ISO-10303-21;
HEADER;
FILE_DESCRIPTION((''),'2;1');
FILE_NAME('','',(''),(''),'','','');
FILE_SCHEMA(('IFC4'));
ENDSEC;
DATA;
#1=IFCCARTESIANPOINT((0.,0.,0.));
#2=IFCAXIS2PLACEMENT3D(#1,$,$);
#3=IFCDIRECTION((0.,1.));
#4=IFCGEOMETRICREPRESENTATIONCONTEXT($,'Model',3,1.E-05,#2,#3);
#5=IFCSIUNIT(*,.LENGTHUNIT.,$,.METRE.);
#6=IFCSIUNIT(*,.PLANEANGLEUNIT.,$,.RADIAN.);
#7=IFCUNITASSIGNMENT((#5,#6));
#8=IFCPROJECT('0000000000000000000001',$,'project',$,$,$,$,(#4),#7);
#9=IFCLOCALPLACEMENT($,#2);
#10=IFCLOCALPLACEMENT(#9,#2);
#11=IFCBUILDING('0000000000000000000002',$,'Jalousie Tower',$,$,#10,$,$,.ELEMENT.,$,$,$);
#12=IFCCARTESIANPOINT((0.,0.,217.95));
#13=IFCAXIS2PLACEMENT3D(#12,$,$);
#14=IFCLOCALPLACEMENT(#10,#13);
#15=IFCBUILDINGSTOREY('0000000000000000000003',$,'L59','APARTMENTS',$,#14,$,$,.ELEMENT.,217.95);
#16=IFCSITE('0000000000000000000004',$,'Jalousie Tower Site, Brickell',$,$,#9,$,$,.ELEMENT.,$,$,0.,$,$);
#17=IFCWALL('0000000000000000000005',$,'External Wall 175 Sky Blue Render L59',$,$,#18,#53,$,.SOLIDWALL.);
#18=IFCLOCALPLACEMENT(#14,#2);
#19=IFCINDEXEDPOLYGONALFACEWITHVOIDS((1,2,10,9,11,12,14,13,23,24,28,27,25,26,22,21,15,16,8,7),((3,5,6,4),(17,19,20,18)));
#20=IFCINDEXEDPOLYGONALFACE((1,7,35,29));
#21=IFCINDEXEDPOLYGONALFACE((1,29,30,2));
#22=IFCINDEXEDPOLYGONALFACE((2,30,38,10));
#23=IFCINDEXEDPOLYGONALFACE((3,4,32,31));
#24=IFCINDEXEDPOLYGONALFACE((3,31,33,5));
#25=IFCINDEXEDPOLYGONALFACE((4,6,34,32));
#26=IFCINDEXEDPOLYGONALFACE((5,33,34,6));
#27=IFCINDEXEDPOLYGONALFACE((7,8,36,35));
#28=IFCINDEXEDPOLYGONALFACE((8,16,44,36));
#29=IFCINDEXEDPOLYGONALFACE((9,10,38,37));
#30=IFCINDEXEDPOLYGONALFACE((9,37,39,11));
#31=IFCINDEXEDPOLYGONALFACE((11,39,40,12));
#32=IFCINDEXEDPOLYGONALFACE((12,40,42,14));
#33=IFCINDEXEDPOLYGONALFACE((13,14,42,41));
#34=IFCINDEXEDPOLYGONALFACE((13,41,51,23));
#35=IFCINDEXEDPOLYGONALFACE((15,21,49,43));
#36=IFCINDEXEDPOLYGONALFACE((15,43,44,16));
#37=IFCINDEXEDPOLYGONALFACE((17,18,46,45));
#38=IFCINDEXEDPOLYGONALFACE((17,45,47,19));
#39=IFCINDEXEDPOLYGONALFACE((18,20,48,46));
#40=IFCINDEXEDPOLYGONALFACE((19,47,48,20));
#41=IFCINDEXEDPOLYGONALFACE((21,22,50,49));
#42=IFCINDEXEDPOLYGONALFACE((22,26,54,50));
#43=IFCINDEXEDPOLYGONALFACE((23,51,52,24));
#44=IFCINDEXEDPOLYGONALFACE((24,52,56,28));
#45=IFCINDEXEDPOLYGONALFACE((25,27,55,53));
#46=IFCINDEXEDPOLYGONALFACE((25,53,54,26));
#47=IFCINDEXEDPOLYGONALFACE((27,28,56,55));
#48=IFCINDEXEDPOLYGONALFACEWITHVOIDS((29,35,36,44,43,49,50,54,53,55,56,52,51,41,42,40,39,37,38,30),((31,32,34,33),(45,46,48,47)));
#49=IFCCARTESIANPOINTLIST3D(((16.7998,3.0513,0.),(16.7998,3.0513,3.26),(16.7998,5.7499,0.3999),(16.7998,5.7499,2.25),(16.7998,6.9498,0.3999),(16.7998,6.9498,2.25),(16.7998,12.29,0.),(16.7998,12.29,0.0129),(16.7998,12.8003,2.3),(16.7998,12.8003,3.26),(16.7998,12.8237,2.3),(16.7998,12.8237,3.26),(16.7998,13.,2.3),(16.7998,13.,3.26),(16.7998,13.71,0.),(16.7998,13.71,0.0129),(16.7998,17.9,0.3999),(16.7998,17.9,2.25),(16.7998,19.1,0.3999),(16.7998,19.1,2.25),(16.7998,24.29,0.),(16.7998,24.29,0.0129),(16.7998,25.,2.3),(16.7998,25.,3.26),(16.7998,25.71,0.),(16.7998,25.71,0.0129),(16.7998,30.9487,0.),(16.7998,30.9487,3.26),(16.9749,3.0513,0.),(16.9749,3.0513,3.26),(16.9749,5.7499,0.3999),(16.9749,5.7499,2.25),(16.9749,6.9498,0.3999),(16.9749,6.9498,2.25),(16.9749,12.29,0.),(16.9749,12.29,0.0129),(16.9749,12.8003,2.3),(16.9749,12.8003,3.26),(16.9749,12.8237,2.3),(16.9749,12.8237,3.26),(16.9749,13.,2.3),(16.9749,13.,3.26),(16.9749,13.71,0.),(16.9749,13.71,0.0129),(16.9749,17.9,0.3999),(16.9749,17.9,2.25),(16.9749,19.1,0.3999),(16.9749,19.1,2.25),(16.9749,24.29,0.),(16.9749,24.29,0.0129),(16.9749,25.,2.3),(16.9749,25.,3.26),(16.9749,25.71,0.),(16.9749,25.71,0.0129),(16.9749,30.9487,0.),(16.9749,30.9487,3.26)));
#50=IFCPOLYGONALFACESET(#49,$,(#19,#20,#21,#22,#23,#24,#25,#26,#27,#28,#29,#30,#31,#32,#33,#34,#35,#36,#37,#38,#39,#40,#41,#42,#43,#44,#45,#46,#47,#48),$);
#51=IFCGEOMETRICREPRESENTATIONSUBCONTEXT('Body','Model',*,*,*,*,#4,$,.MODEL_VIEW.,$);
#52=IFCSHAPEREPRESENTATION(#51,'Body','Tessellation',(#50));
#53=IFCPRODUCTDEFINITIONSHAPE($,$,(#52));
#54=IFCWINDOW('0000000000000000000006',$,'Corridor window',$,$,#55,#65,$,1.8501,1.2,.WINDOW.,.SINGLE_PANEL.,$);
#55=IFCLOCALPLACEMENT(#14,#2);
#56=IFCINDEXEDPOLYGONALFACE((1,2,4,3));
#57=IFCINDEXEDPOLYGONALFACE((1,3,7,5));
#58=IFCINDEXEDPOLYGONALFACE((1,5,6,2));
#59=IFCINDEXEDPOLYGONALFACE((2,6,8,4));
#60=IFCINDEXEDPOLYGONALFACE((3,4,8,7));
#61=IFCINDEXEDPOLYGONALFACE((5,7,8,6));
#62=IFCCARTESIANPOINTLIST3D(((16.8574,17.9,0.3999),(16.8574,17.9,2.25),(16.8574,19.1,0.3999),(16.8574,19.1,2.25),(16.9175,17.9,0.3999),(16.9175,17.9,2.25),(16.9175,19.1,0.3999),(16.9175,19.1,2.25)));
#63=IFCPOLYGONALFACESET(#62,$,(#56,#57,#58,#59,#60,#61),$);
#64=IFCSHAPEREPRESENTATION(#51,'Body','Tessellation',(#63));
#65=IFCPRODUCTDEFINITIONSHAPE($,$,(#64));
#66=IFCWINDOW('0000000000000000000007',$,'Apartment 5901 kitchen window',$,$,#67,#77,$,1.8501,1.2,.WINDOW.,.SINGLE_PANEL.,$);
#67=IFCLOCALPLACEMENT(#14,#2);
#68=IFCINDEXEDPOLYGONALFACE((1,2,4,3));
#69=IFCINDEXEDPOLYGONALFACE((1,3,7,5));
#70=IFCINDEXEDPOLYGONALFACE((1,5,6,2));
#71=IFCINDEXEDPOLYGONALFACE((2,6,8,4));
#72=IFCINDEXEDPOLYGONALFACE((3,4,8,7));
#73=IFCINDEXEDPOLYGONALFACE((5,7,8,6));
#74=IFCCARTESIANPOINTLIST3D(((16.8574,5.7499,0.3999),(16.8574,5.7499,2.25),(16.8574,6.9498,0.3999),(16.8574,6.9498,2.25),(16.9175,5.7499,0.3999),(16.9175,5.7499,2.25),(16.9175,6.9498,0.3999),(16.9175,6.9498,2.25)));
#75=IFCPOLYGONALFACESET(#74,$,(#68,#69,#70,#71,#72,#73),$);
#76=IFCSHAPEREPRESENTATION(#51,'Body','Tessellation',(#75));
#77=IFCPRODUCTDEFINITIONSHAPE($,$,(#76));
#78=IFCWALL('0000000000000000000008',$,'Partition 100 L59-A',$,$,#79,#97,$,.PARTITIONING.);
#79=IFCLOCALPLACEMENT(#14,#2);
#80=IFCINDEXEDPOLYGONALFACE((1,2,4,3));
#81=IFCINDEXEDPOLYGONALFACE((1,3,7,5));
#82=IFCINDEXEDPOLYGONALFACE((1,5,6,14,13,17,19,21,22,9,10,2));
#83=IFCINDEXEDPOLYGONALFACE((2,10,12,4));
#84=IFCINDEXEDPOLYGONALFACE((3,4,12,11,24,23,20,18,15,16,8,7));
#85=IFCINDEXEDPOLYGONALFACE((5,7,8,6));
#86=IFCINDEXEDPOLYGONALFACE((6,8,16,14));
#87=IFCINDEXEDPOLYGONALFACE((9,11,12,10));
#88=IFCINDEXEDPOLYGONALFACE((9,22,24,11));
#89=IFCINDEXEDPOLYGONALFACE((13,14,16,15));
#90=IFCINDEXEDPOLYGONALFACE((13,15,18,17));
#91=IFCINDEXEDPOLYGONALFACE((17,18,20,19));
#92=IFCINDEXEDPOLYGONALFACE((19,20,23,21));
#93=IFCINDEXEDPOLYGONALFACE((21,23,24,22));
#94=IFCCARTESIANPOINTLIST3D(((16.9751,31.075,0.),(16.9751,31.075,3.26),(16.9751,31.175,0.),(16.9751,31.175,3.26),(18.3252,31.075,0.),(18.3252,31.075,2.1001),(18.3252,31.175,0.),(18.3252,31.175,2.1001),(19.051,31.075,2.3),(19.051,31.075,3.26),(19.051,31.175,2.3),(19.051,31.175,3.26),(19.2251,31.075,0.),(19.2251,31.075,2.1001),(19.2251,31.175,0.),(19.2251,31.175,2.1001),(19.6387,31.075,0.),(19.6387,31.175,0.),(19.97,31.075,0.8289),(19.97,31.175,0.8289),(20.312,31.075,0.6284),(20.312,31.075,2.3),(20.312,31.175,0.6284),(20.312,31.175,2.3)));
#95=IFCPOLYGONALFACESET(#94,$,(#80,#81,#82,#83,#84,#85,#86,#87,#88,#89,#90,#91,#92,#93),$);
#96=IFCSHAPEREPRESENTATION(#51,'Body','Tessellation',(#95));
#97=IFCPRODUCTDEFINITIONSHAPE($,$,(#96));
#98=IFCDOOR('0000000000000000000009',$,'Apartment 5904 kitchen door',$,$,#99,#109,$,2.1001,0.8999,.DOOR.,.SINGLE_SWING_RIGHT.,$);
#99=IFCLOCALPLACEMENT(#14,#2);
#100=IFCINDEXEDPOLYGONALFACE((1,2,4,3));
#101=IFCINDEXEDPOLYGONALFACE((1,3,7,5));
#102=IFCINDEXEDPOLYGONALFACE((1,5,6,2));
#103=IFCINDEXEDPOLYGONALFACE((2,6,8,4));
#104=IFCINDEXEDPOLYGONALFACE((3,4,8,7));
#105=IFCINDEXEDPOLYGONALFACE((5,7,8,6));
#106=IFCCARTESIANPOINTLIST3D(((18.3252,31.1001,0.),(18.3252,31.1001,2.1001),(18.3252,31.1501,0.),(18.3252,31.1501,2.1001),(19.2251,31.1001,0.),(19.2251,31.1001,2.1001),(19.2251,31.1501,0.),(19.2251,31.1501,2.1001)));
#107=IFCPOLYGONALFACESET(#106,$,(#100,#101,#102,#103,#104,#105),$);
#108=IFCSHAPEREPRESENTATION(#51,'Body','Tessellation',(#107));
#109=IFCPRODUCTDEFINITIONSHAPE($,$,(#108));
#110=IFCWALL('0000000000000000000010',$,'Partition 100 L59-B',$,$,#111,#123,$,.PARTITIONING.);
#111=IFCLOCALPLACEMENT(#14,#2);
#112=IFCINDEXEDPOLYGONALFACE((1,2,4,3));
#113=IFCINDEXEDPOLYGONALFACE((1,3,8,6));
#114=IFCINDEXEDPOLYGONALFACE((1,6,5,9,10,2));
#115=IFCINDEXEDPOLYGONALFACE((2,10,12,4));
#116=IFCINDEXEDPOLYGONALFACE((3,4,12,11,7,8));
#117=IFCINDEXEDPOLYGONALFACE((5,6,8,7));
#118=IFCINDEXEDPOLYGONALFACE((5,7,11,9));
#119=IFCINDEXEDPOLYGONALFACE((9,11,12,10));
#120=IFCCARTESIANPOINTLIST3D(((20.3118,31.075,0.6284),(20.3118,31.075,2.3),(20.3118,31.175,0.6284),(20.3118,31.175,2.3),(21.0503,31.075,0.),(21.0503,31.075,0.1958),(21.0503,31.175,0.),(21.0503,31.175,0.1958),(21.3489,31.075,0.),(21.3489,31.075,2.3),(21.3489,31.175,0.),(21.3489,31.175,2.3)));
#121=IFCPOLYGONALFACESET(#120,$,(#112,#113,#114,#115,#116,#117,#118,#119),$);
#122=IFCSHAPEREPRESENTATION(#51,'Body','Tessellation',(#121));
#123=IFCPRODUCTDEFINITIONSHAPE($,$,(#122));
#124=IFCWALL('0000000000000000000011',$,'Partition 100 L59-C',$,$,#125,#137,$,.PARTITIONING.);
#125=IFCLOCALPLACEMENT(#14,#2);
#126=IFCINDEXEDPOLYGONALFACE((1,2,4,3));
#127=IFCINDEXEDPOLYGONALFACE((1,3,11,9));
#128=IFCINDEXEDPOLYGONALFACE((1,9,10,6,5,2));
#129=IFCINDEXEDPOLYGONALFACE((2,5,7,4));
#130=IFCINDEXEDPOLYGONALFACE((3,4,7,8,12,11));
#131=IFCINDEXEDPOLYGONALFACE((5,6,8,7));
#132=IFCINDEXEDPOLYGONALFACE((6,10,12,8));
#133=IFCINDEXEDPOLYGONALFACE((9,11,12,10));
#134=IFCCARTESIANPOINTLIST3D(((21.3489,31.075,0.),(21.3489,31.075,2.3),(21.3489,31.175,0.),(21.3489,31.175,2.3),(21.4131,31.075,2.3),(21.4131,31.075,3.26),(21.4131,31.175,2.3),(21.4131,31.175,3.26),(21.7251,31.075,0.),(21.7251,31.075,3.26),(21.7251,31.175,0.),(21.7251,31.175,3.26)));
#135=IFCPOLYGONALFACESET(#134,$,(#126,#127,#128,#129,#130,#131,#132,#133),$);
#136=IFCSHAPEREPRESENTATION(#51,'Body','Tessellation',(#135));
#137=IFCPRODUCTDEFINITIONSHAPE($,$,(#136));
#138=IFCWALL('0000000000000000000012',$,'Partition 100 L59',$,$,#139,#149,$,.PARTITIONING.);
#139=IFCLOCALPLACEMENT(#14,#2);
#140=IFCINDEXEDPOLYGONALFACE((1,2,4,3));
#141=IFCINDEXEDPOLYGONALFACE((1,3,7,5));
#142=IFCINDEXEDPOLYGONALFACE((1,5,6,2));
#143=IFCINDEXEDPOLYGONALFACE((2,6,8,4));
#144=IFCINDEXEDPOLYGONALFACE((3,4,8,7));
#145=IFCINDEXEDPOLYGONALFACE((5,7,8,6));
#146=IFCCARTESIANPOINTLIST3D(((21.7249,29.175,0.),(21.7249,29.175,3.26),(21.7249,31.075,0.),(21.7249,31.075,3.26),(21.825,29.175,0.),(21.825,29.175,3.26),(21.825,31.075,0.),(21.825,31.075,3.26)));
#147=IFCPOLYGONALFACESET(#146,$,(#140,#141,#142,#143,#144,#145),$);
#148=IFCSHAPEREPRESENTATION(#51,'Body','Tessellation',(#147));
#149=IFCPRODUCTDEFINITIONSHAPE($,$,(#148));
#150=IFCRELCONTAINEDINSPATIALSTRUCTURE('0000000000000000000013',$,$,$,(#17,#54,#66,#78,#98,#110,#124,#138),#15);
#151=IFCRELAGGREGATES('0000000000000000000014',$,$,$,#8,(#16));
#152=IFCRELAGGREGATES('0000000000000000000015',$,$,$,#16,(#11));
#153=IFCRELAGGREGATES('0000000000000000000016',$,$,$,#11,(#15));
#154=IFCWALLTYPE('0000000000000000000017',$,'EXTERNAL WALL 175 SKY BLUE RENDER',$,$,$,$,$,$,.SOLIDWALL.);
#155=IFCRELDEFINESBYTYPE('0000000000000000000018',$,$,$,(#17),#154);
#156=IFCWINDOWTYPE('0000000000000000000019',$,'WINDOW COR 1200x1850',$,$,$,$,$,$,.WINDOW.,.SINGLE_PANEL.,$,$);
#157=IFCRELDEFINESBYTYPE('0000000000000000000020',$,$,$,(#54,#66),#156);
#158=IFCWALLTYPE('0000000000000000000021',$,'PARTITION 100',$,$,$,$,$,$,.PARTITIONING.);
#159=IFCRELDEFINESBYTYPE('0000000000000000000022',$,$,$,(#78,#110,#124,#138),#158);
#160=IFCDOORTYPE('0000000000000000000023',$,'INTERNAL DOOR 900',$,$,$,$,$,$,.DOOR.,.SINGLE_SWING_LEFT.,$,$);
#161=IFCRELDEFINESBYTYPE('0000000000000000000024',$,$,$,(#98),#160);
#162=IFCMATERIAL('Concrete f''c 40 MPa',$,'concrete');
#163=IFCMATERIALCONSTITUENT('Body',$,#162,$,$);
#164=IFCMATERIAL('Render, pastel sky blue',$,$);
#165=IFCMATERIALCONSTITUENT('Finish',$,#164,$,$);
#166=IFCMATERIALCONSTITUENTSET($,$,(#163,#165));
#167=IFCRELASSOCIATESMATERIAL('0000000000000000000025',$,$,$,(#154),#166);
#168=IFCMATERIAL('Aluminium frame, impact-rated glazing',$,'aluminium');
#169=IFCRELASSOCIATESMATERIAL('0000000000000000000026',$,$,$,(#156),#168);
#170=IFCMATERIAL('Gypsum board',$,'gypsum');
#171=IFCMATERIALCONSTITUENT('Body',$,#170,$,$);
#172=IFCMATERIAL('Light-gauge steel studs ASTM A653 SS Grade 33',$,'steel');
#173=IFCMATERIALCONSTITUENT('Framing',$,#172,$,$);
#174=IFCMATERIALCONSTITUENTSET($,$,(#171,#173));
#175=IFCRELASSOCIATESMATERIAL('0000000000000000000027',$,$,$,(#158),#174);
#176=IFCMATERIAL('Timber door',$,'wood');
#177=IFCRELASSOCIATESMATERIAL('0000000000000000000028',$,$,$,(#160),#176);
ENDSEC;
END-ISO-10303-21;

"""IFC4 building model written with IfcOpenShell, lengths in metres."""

from ifc_helpers import new_model, si_unit, direction, frame, frame_2d, origin, place, context, subcontext, project, spatial, polyline, rectangle, outline, extrude, material, constituent, constituent_set, type_object, element, fill, save


model = new_model("IFC4")

# Units and contexts
model_context = context("Model", 3, precision=1e-05, world=origin(), true_north=direction((0.0, 1.0)))
body_context = subcontext(model_context, "Body", "Model", "MODEL_VIEW")
ifc_project = project(units=[si_unit("LENGTHUNIT", "METRE"), si_unit("PLANEANGLEUNIT", "RADIAN")], contexts=[model_context])

# Site, building, storey
site_placement = place(None, origin())
site = spatial("IfcSite", under=ifc_project, at=site_placement, Name="Jalousie Tower Site, Brickell", CompositionType="ELEMENT", RefElevation=0.0)
building_placement = place(site_placement, origin())
building = spatial("IfcBuilding", under=site, at=building_placement, Name="Jalousie Tower", CompositionType="ELEMENT")
storey_placement = place(building_placement, frame((0.0, 0.0, 217.95)))
storey = spatial("IfcBuildingStorey", under=building, at=storey_placement, Name="L59", Description="APARTMENTS", CompositionType="ELEMENT", Elevation=217.95)

# Wall, openings, windows
ifc_material_1 = material(Name="Concrete f'c 40 MPa", Category="concrete")
ifc_constituent_1 = constituent(ifc_material_1, Name="Body")
ifc_material_2 = material(Name="Render, pastel sky blue")
ifc_constituent_2 = constituent(ifc_material_2, Name="Finish")
ifc_constituent_set_1 = constituent_set(constituents=[ifc_constituent_1, ifc_constituent_2])
wall_type_1 = type_object("IfcWallType", Name="EXTERNAL WALL 175 SKY BLUE RENDER", PredefinedType="SOLIDWALL", material=ifc_constituent_set_1)
wall_1_placement = place(storey_placement, frame((16.8875, 30.9487, 0.0), z_axis=(0.0, 0.0, 1.0), x_axis=(0.0, -1.0, 0.0)))
wall_1 = element("IfcWall", 1, at=wall_1_placement, inside=storey, type_object=wall_type_1, Name="External Wall 175 Sky Blue Render L59", PredefinedType="SOLIDWALL", context=body_context, shape_type="SweptSolid", body=[
    extrude(outline(polyline([(27.8975, 0.0), (27.8975, 3.26), (18.1484, 3.26), (18.1484, 2.3), (18.125, 2.3), (18.125, 3.26), (17.9487, 3.26), (17.9487, 2.3), (5.9487, 2.3), (5.9487, 3.26), (0.0, 3.26), (0.0, 0.0), (5.2388, 0.0), (5.2388, 0.0129), (6.6587, 0.0129), (6.6587, 0.0), (17.2388, 0.0), (17.2388, 0.0129), (18.6587, 0.0129), (18.6587, 0.0), (27.8975, 0.0)])), frame((0.0, 0.0874, 0.0), z_axis=(0.0, -1.0, 0.0), x_axis=(1.0, 0.0, 0.0)), (0.0, 0.0, 1.0), 0.175),
])
opening_1_placement = place(wall_1_placement, frame((11.8486, 0.0, 0.3999)))
opening_1 = element("IfcOpeningElement", 2, at=opening_1_placement, cuts=wall_1, PredefinedType="OPENING", context=body_context, shape_type="SweptSolid", body=[
    extrude(rectangle(XDim=1.2, YDim=1.8501, at=frame_2d((0.6001, 0.925))), frame((0.0, 0.0974, 0.0), z_axis=(0.0, -1.0, 0.0), x_axis=(1.0, 0.0, 0.0)), (0.0, 0.0, 1.0), 0.1951),
])
opening_2_placement = place(wall_1_placement, frame((23.9988, 0.0, 0.3999)))
opening_2 = element("IfcOpeningElement", 3, at=opening_2_placement, cuts=wall_1, PredefinedType="OPENING", context=body_context, shape_type="SweptSolid", body=[
    extrude(rectangle(XDim=1.2, YDim=1.8501, at=frame_2d((0.6001, 0.925))), frame((0.0, 0.0974, 0.0), z_axis=(0.0, -1.0, 0.0), x_axis=(1.0, 0.0, 0.0)), (0.0, 0.0, 1.0), 0.1951),
])
ifc_material_3 = material(Name="Aluminium frame, impact-rated glazing", Category="aluminium")
window_type = type_object("IfcWindowType", Name="WINDOW COR 1200x1850", PartitioningType="SINGLE_PANEL", PredefinedType="WINDOW", material=ifc_material_3)
window_1_placement = place(opening_1_placement, origin())
window_1 = element("IfcWindow", 4, at=window_1_placement, inside=storey, type_object=window_type, Name="Corridor window", OverallHeight=1.8501, OverallWidth=1.2, PartitioningType="SINGLE_PANEL", PredefinedType="WINDOW", context=body_context, shape_type="SweptSolid", body=[
    extrude(rectangle(XDim=1.2, YDim=1.8501, at=frame_2d((0.6001, 0.925))), frame((0.0, 0.03, 0.0), z_axis=(0.0, -1.0, 0.0), x_axis=(1.0, 0.0, 0.0)), (0.0, 0.0, 1.0), 0.0601),
])
fill(opening_1, window_1)
window_2_placement = place(opening_2_placement, origin())
window_2 = element("IfcWindow", 5, at=window_2_placement, inside=storey, type_object=window_type, Name="Apartment 5901 kitchen window", OverallHeight=1.8501, OverallWidth=1.2, PartitioningType="SINGLE_PANEL", PredefinedType="WINDOW", context=body_context, shape_type="SweptSolid", body=[
    extrude(rectangle(XDim=1.2, YDim=1.8501, at=frame_2d((0.6001, 0.925))), frame((0.0, 0.03, 0.0), z_axis=(0.0, -1.0, 0.0), x_axis=(1.0, 0.0, 0.0)), (0.0, 0.0, 1.0), 0.0601),
])
fill(opening_2, window_2)

# Wall, opening, door
ifc_material_4 = material(Name="Gypsum board", Category="gypsum")
ifc_constituent_3 = constituent(ifc_material_4, Name="Body")
ifc_material_5 = material(Name="Light-gauge steel studs ASTM A653 SS Grade 33", Category="steel")
ifc_constituent_4 = constituent(ifc_material_5, Name="Framing")
ifc_constituent_set_2 = constituent_set(constituents=[ifc_constituent_3, ifc_constituent_4])
wall_type_2 = type_object("IfcWallType", Name="PARTITION 100", PredefinedType="PARTITIONING", material=ifc_constituent_set_2)
wall_2_placement = place(storey_placement, frame((16.9751, 31.125, 0.0), z_axis=(0.0, 0.0, 1.0), x_axis=(1.0, 0.0, 0.0)))
wall_2 = element("IfcWall", 6, at=wall_2_placement, inside=storey, type_object=wall_type_2, Name="Partition 100 L59-A", PredefinedType="PARTITIONING", context=body_context, shape_type="SweptSolid", body=[
    extrude(outline(polyline([(2.0759, 2.3), (2.0759, 3.26), (0.0, 3.26), (0.0, 0.0), (2.6636, 0.0), (2.9949, 0.8289), (3.3369, 0.6284), (3.3369, 2.3), (2.0759, 2.3)])), frame((0.0, 0.05, 0.0), z_axis=(0.0, -1.0, 0.0), x_axis=(1.0, 0.0, 0.0)), (0.0, 0.0, 1.0), 0.1001),
])
opening_3_placement = place(wall_2_placement, frame((1.3501, 0.0, 0.0)))
opening_3 = element("IfcOpeningElement", 7, at=opening_3_placement, cuts=wall_2, PredefinedType="OPENING", context=body_context, shape_type="SweptSolid", body=[
    extrude(rectangle(XDim=0.8999, YDim=2.1001, at=frame_2d((0.45, 1.05))), frame((0.0, 0.0601, 0.0), z_axis=(0.0, -1.0, 0.0), x_axis=(1.0, 0.0, 0.0)), (0.0, 0.0, 1.0), 0.1201),
])
ifc_material_6 = material(Name="Timber door", Category="wood")
door_type = type_object("IfcDoorType", Name="INTERNAL DOOR 900", OperationType="SINGLE_SWING_LEFT", PredefinedType="DOOR", material=ifc_material_6)
door_placement = place(opening_3_placement, frame((0.8999, 0.0, 0.0), z_axis=(0.0, 0.0, 1.0), x_axis=(-1.0, 0.0, 0.0)))
door = element("IfcDoor", 8, at=door_placement, inside=storey, type_object=door_type, Name="Apartment 5904 kitchen door", OperationType="SINGLE_SWING_RIGHT", OverallHeight=2.1001, OverallWidth=0.8999, PredefinedType="DOOR", context=body_context, shape_type="SweptSolid", body=[
    extrude(rectangle(XDim=0.8999, YDim=2.1001, at=frame_2d((0.45, 1.05))), frame((0.0, 0.0249, 0.0), z_axis=(0.0, -1.0, 0.0), x_axis=(1.0, 0.0, 0.0)), (0.0, 0.0, 1.0), 0.05),
])
fill(opening_3, door)

# Walls
wall_3_placement = place(storey_placement, frame((20.3118, 31.125, 0.0), z_axis=(0.0, 0.0, 1.0), x_axis=(1.0, 0.0, 0.0)))
element("IfcWall", 9, at=wall_3_placement, inside=storey, type_object=wall_type_2, Name="Partition 100 L59-B", PredefinedType="PARTITIONING", context=body_context, shape_type="SweptSolid", body=[
    extrude(outline(polyline([(0.7385, 0.1958), (0.7385, 0.0), (1.0371, 0.0), (1.0371, 2.3), (0.0, 2.3), (0.0, 0.6284), (0.7385, 0.1958)])), frame((0.0, 0.05, 0.0), z_axis=(0.0, -1.0, 0.0), x_axis=(1.0, 0.0, 0.0)), (0.0, 0.0, 1.0), 0.1001),
])
wall_4_placement = place(storey_placement, frame((21.3489, 31.125, 0.0), z_axis=(0.0, 0.0, 1.0), x_axis=(1.0, 0.0, 0.0)))
element("IfcWall", 10, at=wall_4_placement, inside=storey, type_object=wall_type_2, Name="Partition 100 L59-C", PredefinedType="PARTITIONING", context=body_context, shape_type="SweptSolid", body=[
    extrude(outline(polyline([(0.0, 0.0), (0.3762, 0.0), (0.3762, 3.26), (0.0642, 3.26), (0.0642, 2.3), (0.0, 2.3), (0.0, 0.0)])), frame((0.0, 0.05, 0.0), z_axis=(0.0, -1.0, 0.0), x_axis=(1.0, 0.0, 0.0)), (0.0, 0.0, 1.0), 0.1001),
])
wall_5_placement = place(storey_placement, frame((21.7749, 31.075, 0.0), z_axis=(0.0, 0.0, 1.0), x_axis=(0.0, -1.0, 0.0)))
element("IfcWall", 11, at=wall_5_placement, inside=storey, type_object=wall_type_2, Name="Partition 100 L59", PredefinedType="PARTITIONING", context=body_context, shape_type="SweptSolid", body=[
    extrude(rectangle(XDim=1.8999, YDim=0.1001, at=frame_2d((0.95, 0.0))), origin(), (0.0, 0.0, 1.0), 3.26),
])

save(model, "model.ifc")
